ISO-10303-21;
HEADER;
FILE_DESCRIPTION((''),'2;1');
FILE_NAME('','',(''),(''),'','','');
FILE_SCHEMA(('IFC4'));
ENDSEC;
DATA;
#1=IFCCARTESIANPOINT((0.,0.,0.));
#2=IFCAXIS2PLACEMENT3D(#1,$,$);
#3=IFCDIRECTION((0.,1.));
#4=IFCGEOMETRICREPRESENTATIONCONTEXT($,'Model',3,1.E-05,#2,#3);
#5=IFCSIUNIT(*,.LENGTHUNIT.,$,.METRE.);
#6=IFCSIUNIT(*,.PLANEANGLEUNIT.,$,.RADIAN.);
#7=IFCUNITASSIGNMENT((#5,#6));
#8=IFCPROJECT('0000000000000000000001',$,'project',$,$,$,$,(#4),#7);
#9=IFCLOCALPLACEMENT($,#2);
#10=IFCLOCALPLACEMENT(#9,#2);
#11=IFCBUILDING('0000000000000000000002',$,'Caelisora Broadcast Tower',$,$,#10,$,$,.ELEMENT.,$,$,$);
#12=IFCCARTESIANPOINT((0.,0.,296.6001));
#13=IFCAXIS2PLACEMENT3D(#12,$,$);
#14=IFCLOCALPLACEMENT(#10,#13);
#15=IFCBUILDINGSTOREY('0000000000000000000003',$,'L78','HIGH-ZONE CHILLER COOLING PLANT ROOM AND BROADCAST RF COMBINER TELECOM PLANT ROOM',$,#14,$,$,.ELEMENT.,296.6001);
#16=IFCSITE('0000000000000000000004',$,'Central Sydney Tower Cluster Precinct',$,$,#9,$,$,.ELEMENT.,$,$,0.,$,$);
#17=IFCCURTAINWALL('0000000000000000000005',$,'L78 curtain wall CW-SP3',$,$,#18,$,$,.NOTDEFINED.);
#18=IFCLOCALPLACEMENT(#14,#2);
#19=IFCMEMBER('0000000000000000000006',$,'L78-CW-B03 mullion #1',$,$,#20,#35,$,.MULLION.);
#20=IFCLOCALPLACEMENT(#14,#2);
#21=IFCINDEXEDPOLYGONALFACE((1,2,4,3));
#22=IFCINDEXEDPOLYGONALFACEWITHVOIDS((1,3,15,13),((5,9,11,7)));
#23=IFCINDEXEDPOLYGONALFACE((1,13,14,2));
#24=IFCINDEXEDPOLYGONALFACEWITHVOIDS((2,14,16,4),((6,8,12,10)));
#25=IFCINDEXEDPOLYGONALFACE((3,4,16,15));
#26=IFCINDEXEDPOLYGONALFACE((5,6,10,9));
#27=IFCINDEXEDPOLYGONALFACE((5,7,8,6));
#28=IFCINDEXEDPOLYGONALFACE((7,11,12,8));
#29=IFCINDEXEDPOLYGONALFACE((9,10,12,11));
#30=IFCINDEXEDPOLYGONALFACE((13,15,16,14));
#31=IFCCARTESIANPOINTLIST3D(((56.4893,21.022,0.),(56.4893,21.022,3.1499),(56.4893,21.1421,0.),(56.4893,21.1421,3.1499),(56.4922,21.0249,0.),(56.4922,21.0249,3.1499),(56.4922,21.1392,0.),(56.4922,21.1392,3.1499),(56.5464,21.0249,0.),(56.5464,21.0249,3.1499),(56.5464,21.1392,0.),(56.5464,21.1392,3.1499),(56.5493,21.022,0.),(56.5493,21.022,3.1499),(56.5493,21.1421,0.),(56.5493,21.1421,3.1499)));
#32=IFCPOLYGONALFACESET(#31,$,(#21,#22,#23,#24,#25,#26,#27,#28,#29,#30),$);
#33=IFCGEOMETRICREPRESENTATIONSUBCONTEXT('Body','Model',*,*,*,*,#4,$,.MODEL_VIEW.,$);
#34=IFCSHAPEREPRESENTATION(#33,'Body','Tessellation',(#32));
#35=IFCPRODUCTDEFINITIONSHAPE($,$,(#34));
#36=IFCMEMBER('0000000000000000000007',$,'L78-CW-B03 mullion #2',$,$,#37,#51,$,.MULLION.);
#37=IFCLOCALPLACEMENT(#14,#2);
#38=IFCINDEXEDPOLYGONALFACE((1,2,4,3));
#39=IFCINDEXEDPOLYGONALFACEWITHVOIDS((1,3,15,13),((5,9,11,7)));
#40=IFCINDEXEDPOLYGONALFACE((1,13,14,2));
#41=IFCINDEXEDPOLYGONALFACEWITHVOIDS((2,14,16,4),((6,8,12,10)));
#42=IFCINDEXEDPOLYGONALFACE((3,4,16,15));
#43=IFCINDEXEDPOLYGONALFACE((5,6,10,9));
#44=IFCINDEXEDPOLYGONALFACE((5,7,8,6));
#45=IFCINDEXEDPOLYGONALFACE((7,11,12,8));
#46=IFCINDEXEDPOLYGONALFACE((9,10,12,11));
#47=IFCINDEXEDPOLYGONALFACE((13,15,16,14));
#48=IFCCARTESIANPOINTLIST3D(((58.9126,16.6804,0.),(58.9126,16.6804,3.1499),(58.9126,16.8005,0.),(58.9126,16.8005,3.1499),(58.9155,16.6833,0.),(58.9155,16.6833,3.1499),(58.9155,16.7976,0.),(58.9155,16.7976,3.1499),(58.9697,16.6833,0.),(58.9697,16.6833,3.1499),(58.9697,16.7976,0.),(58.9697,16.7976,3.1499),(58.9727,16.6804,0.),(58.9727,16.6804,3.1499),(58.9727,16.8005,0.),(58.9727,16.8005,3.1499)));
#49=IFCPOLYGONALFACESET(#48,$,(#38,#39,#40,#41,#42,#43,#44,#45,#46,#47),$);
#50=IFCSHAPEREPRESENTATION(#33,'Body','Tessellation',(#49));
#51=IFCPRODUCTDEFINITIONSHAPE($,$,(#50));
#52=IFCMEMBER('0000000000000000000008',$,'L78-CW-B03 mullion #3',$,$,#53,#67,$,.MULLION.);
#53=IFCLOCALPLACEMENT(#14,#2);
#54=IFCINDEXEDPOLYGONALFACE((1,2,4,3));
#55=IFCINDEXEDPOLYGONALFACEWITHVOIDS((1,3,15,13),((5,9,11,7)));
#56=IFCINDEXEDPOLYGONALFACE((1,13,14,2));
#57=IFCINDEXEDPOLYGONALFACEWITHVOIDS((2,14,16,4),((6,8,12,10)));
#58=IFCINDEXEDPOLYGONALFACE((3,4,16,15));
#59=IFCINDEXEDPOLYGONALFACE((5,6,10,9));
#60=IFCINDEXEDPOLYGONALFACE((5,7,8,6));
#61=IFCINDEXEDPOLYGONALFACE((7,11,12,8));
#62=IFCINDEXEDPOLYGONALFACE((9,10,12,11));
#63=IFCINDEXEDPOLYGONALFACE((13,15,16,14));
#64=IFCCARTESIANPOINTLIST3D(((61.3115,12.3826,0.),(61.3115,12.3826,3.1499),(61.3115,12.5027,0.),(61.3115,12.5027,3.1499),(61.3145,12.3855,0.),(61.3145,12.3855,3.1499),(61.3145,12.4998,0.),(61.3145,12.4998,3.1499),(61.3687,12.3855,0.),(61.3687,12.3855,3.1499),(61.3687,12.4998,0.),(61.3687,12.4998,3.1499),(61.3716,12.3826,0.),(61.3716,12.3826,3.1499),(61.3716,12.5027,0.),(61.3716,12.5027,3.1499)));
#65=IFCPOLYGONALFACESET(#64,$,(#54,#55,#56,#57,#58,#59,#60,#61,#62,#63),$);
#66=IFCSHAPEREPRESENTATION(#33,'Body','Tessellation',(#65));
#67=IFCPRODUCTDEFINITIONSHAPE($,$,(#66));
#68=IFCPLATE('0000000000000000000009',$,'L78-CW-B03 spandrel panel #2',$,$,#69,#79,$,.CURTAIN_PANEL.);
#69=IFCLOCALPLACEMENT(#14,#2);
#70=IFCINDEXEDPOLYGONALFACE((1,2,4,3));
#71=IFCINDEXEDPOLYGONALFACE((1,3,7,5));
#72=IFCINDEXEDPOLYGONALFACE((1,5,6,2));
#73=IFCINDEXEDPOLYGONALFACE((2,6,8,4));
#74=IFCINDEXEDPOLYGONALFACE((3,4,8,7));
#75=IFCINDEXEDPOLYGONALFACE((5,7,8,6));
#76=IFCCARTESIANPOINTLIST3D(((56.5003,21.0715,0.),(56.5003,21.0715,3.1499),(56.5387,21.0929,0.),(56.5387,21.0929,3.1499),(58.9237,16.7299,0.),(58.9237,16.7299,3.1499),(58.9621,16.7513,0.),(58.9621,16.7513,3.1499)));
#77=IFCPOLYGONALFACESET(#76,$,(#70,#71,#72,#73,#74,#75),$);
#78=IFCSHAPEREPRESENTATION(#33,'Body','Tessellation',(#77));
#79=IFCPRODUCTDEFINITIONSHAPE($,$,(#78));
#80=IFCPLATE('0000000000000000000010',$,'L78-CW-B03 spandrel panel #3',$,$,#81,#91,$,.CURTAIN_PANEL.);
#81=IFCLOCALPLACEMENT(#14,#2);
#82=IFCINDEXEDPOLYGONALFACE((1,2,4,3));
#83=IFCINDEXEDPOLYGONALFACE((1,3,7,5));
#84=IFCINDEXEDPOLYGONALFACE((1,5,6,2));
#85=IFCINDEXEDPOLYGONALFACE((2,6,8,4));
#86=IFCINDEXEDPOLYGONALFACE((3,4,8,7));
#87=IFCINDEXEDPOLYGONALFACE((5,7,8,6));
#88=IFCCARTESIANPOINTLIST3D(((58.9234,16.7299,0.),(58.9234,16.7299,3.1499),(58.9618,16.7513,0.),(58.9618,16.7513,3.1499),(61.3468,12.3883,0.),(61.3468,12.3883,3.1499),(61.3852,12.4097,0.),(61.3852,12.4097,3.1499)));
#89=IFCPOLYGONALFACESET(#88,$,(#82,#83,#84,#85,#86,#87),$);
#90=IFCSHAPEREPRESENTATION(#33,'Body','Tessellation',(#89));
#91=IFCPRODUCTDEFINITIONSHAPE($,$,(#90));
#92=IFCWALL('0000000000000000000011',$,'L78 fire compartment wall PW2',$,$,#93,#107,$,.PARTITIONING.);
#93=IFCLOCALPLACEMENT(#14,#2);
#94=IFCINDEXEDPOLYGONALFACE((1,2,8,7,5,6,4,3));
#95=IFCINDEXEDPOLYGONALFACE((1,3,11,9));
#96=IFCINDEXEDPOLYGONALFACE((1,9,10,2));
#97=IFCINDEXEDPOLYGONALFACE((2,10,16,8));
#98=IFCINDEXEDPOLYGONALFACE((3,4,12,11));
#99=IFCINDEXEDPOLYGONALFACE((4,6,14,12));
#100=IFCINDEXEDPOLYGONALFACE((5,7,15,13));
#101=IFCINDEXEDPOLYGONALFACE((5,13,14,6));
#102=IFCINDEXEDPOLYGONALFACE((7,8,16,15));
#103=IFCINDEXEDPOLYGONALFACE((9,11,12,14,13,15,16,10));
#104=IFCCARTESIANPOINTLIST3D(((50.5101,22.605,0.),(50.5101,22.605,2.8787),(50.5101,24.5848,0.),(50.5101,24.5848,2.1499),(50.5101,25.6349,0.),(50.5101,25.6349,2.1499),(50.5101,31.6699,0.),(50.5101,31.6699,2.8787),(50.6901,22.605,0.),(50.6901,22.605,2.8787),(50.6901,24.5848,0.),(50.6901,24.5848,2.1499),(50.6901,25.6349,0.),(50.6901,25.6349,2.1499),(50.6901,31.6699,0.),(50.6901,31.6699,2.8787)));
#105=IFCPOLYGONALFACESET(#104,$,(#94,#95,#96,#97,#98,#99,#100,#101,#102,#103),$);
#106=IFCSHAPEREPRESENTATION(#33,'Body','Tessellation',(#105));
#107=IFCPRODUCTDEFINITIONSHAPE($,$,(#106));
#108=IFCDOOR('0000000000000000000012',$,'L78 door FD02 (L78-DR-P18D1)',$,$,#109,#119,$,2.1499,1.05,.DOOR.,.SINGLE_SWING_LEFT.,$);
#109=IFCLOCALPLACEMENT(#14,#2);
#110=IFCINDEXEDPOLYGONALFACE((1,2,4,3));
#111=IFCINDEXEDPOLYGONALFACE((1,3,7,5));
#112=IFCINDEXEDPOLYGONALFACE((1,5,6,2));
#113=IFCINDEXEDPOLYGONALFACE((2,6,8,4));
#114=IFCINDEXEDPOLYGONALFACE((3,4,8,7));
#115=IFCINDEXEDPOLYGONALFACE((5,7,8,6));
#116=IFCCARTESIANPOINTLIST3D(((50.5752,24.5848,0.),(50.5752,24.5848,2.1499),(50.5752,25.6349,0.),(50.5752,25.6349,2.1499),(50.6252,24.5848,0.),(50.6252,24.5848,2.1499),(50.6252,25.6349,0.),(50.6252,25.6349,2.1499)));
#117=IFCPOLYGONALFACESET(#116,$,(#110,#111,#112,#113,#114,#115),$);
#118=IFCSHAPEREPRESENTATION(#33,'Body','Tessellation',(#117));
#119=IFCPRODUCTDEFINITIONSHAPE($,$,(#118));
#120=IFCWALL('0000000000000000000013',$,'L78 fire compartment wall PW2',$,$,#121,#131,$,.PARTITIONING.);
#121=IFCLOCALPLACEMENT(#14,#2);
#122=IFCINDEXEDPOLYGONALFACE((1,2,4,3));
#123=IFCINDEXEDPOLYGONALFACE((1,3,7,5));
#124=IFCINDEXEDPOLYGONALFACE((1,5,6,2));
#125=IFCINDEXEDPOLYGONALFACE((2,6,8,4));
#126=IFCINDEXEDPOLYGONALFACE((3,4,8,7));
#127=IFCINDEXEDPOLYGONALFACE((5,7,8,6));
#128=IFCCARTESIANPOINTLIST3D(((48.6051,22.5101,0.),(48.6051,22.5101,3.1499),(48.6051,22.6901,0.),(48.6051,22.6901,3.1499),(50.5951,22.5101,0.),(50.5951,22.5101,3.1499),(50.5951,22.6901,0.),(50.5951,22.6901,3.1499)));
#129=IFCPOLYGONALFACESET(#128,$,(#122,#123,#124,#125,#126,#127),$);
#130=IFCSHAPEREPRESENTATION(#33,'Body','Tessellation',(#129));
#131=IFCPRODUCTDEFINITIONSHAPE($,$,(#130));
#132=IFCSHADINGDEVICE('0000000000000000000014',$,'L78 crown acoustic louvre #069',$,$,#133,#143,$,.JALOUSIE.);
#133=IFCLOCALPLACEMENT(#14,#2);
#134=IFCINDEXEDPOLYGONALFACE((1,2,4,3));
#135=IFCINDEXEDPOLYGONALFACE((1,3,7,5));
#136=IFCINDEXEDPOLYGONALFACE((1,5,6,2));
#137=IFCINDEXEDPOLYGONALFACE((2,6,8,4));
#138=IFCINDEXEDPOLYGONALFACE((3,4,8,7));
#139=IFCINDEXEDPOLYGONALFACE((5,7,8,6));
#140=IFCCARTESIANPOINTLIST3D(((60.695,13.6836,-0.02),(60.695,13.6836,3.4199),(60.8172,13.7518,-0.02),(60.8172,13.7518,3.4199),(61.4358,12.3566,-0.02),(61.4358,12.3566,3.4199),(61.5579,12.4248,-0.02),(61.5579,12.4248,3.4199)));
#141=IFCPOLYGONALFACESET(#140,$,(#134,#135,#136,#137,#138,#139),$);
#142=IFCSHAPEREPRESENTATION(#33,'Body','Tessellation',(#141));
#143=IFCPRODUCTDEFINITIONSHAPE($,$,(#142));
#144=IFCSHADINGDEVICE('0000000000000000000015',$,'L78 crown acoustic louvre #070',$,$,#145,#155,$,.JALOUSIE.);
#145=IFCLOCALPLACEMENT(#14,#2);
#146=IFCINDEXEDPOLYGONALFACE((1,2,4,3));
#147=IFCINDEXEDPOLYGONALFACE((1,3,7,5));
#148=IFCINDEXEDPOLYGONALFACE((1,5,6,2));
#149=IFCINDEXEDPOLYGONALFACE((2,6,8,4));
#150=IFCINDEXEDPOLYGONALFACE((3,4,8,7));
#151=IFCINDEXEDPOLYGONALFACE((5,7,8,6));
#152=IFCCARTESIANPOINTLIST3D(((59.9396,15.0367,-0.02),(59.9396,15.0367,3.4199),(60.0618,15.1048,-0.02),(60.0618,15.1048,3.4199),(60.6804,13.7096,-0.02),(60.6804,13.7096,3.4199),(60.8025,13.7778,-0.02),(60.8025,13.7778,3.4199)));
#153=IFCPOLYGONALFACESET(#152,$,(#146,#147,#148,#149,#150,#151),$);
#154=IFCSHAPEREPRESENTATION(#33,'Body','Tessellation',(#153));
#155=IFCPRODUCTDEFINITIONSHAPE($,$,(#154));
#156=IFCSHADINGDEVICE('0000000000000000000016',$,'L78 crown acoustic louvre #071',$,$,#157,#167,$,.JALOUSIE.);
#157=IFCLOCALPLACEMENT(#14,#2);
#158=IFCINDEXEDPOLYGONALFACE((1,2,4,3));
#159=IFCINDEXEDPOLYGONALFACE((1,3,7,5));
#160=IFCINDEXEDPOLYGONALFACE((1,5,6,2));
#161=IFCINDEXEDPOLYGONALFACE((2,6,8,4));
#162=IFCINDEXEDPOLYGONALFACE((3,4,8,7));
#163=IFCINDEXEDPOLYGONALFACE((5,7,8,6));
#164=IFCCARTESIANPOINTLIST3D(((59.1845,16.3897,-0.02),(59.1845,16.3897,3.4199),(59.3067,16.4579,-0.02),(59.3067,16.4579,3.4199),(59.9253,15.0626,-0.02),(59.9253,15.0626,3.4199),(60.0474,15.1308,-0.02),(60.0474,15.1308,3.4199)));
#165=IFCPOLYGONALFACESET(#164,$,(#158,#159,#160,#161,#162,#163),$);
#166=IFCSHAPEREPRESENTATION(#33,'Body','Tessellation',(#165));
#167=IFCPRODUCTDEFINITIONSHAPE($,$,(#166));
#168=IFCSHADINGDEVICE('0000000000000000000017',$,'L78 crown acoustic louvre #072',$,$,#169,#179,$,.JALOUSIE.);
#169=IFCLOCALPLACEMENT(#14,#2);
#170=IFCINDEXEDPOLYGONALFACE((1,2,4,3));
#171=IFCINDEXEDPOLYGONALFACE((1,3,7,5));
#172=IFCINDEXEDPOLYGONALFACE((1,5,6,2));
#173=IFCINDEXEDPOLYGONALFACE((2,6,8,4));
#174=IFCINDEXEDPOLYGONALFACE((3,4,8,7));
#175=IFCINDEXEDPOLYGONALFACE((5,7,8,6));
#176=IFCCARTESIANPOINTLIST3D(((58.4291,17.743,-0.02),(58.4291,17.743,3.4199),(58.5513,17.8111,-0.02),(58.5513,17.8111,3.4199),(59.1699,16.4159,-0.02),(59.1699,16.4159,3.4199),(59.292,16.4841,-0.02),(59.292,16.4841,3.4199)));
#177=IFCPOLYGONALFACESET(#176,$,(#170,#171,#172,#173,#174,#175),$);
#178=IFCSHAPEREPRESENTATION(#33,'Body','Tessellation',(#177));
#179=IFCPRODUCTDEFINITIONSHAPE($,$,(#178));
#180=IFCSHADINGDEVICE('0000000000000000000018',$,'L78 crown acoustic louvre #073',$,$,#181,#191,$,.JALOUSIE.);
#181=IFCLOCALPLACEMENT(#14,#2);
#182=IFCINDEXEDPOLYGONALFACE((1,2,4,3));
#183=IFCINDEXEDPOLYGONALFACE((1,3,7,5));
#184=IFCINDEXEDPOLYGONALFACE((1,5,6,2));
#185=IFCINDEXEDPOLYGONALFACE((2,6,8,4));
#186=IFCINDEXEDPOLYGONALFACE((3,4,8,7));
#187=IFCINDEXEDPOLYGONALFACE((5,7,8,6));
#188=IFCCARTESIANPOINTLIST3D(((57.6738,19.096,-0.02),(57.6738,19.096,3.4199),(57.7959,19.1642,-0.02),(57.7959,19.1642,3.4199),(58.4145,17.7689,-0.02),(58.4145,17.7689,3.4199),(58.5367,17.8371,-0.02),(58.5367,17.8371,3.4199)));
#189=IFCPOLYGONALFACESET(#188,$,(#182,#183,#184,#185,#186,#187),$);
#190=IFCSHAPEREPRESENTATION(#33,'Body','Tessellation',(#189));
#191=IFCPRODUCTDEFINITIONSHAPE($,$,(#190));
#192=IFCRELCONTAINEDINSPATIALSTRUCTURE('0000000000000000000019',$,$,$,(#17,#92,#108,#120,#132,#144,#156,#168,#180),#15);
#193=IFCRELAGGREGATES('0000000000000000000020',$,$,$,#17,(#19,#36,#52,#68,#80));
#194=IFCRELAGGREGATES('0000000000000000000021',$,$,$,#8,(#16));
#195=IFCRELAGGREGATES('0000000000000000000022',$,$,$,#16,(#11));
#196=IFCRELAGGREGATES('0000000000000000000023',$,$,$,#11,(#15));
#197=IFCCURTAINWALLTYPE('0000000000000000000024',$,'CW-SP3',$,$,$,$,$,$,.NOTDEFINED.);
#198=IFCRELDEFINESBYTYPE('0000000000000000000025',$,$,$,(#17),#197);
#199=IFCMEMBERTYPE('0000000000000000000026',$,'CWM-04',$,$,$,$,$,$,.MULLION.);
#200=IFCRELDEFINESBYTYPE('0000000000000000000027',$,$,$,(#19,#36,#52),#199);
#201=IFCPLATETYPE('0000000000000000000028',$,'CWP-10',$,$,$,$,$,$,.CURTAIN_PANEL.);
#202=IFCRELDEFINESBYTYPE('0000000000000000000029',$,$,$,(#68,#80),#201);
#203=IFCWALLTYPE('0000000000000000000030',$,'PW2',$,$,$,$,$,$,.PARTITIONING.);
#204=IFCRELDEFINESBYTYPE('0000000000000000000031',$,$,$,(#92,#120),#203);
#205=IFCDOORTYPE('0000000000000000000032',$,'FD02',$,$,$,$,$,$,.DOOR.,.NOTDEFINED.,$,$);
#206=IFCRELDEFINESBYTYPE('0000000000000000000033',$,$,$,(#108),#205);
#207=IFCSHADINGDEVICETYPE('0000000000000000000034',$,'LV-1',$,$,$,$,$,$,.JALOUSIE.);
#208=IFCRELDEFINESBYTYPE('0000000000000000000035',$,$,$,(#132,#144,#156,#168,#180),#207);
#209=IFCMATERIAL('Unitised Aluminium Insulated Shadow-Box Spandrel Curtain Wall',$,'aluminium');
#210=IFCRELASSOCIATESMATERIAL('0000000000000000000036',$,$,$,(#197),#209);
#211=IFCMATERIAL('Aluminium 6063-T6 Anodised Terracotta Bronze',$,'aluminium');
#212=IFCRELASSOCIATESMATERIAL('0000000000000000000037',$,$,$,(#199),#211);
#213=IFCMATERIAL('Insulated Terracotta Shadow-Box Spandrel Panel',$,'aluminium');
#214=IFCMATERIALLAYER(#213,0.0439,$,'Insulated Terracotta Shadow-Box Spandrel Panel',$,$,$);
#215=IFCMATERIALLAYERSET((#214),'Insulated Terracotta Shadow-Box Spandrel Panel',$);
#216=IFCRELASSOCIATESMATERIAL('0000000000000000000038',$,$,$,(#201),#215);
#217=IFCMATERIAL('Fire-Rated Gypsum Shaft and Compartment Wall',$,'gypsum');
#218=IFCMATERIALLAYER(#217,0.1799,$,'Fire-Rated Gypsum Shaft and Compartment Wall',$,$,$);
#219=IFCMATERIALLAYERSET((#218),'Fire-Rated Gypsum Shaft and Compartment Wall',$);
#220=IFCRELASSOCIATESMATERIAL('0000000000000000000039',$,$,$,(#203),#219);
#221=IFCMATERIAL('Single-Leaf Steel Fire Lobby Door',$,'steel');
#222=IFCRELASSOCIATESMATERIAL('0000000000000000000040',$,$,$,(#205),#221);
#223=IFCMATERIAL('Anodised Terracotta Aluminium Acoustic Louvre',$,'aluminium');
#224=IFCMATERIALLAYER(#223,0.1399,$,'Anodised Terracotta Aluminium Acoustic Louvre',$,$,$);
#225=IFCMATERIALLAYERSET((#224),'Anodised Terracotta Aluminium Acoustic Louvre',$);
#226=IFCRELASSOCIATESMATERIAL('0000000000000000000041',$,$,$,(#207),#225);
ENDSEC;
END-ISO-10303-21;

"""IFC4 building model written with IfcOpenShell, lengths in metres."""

from ifc_helpers import new_model, si_unit, direction, frame, frame_2d, origin, origin_2d, place, context, subcontext, project, spatial, rectangle, hollow_rectangle, extrude, source, transform, mapped, material, layer, layer_set, material_profile, profile_set, type_object, type_shapes, element, fill, aggregate, save


model = new_model("IFC4")

# Units and contexts
model_context = context("Model", 3, precision=1e-05, world=origin(), true_north=direction((0.0, 1.0)))
body_context = subcontext(model_context, "Body", "Model", "MODEL_VIEW")
ifc_project = project(units=[si_unit("LENGTHUNIT", "METRE"), si_unit("PLANEANGLEUNIT", "RADIAN")], contexts=[model_context])

# Site, building, storey
site_placement = place(None, origin())
site = spatial("IfcSite", under=ifc_project, at=site_placement, Name="Central Sydney Tower Cluster Precinct", CompositionType="ELEMENT", RefElevation=0.0)
building_placement = place(site_placement, origin())
building = spatial("IfcBuilding", under=site, at=building_placement, Name="Caelisora Broadcast Tower", CompositionType="ELEMENT")
storey_placement = place(building_placement, frame((0.0, 0.0, 296.6001)))
storey = spatial("IfcBuildingStorey", under=building, at=storey_placement, Name="L78", Description="HIGH-ZONE CHILLER COOLING PLANT ROOM AND BROADCAST RF COMBINER TELECOM PLANT ROOM", CompositionType="ELEMENT", Elevation=296.6001)

# Curtain wall, members, plates
ifc_material_1 = material(Name="Unitised Aluminium Insulated Shadow-Box Spandrel Curtain Wall", Category="aluminium")
curtain_wall_type = type_object("IfcCurtainWallType", Name="CW-SP3", PredefinedType="NOTDEFINED", material=ifc_material_1)
curtain_wall_placement = place(storey_placement, origin())
curtain_wall = element("IfcCurtainWall", 1, at=curtain_wall_placement, inside=storey, type_object=curtain_wall_type, Name="L78 curtain wall CW-SP3", PredefinedType="NOTDEFINED")
ifc_material_2 = material(Name="Aluminium 6063-T6 Anodised Terracotta Bronze", Category="aluminium")
ifc_material_profile_1 = material_profile(ifc_material_2, hollow_rectangle(XDim=0.0601, YDim=0.1201, WallThickness=0.0029, at=origin_2d()), Name="Aluminium 6063-T6 Anodised Terracotta Bronze")
ifc_profile_set_1 = profile_set([ifc_material_profile_1], Name="Aluminium 6063-T6 Anodised Terracotta Bronze")
member_type = type_object("IfcMemberType", Name="CWM-04", PredefinedType="MULLION", material=ifc_profile_set_1)
shared_shape_1 = source(origin(), body_context, "Body", "SweptSolid", [
    extrude(hollow_rectangle(XDim=0.0601, YDim=0.1201, WallThickness=0.0029, at=origin_2d()), origin(), (0.0, 0.0, 1.0), 3.1499),
])
type_shapes(member_type, [shared_shape_1])
member_1_placement = place(storey_placement, frame((56.5193, 21.082, 0.0), z_axis=(0.0, 0.0, 1.0), x_axis=(1.0, 0.0, 0.0)))
member_1 = element("IfcMember", 2, at=member_1_placement, type_object=member_type, Name="L78-CW-B03 mullion #1", PredefinedType="MULLION", context=body_context, shape_type="MappedRepresentation", body=[
    mapped(shared_shape_1, transform((0.0, 0.0, 0.0), scale=1.0)),
])
member_2_placement = place(storey_placement, frame((58.9426, 16.7405, 0.0), z_axis=(0.0, 0.0, 1.0), x_axis=(1.0, 0.0, 0.0)))
member_2 = element("IfcMember", 3, at=member_2_placement, type_object=member_type, Name="L78-CW-B03 mullion #2", PredefinedType="MULLION", context=body_context, shape_type="MappedRepresentation", body=[
    mapped(shared_shape_1, transform((0.0, 0.0, 0.0), scale=1.0)),
])
member_3_placement = place(storey_placement, frame((61.3416, 12.4426, 0.0), z_axis=(0.0, 0.0, 1.0), x_axis=(1.0, 0.0, 0.0)))
member_3 = element("IfcMember", 4, at=member_3_placement, type_object=member_type, Name="L78-CW-B03 mullion #3", PredefinedType="MULLION", context=body_context, shape_type="MappedRepresentation", body=[
    mapped(shared_shape_1, transform((0.0, 0.0, 0.0), scale=1.0)),
])
ifc_material_3 = material(Name="Insulated Terracotta Shadow-Box Spandrel Panel", Category="aluminium")
ifc_layer_1 = layer(ifc_material_3, 0.0439, Name="Insulated Terracotta Shadow-Box Spandrel Panel")
ifc_layer_set_1 = layer_set([ifc_layer_1], Name="Insulated Terracotta Shadow-Box Spandrel Panel")
plate_type = type_object("IfcPlateType", Name="CWP-10", PredefinedType="CURTAIN_PANEL", material=ifc_layer_set_1)
shared_shape_2 = source(origin(), body_context, "Body", "SweptSolid", [
    extrude(rectangle(XDim=4.9722, YDim=0.0439, at=origin_2d()), origin(), (0.0, 0.0, 1.0), 3.1499),
])
type_shapes(plate_type, [shared_shape_2])
plate_1_placement = place(storey_placement, frame((57.7312, 18.9114, 0.0), z_axis=(0.0, 0.0, 1.0), x_axis=(0.487403, -0.873177, 0.0)))
plate_1 = element("IfcPlate", 5, at=plate_1_placement, type_object=plate_type, Name="L78-CW-B03 spandrel panel #2", PredefinedType="CURTAIN_PANEL", context=body_context, shape_type="MappedRepresentation", body=[
    mapped(shared_shape_2, transform((0.0, 0.0, 0.0), scale=1.0)),
])
plate_2_placement = place(storey_placement, frame((60.1543, 14.5698, 0.0), z_axis=(0.0, 0.0, 1.0), x_axis=(0.487403, -0.873177, 0.0)))
plate_2 = element("IfcPlate", 6, at=plate_2_placement, type_object=plate_type, Name="L78-CW-B03 spandrel panel #3", PredefinedType="CURTAIN_PANEL", context=body_context, shape_type="MappedRepresentation", body=[
    mapped(shared_shape_2, transform((0.0, 0.0, 0.0), scale=1.0)),
])
aggregate(curtain_wall, [member_1, member_2, member_3, plate_1, plate_2])

# Wall, opening, door
ifc_material_4 = material(Name="Fire-Rated Gypsum Shaft and Compartment Wall", Category="gypsum")
ifc_layer_2 = layer(ifc_material_4, 0.1799, Name="Fire-Rated Gypsum Shaft and Compartment Wall")
ifc_layer_set_2 = layer_set([ifc_layer_2], Name="Fire-Rated Gypsum Shaft and Compartment Wall")
wall_type = type_object("IfcWallType", Name="PW2", PredefinedType="PARTITIONING", material=ifc_layer_set_2)
wall_1_placement = place(storey_placement, frame((50.6001, 22.605, 0.0), z_axis=(0.0, 0.0, 1.0), x_axis=(0.0, 1.0, 0.0)))
wall_1 = element("IfcWall", 7, at=wall_1_placement, inside=storey, type_object=wall_type, Name="L78 fire compartment wall PW2", PredefinedType="PARTITIONING", context=body_context, shape_type="SweptSolid", body=[
    extrude(rectangle(XDim=9.0649, YDim=0.1799, at=frame_2d((4.5325, 0.0))), origin(), (0.0, 0.0, 1.0), 2.8787),
])
opening_placement = place(wall_1_placement, frame((1.98, 0.0, 0.0)))
opening = element("IfcOpeningElement", 8, at=opening_placement, cuts=wall_1, PredefinedType="OPENING", context=body_context, shape_type="SweptSolid", body=[
    extrude(rectangle(XDim=1.05, YDim=2.1499, at=frame_2d((0.5249, 1.075))), frame((0.0, 0.1021, 0.0), z_axis=(0.0, -1.0, 0.0), x_axis=(1.0, 0.0, 0.0)), (0.0, 0.0, 1.0), 0.2039),
])
ifc_material_5 = material(Name="Single-Leaf Steel Fire Lobby Door", Category="steel")
door_type = type_object("IfcDoorType", Name="FD02", OperationType="NOTDEFINED", PredefinedType="DOOR", material=ifc_material_5)
door_placement = place(opening_placement, origin())
door = element("IfcDoor", 9, at=door_placement, inside=storey, type_object=door_type, Name="L78 door FD02 (L78-DR-P18D1)", OperationType="SINGLE_SWING_LEFT", OverallHeight=2.1499, OverallWidth=1.05, PredefinedType="DOOR", context=body_context, shape_type="SweptSolid", body=[
    extrude(rectangle(XDim=1.05, YDim=2.1499, at=frame_2d((0.5249, 1.075))), frame((0.0, 0.0249, 0.0), z_axis=(0.0, -1.0, 0.0), x_axis=(1.0, 0.0, 0.0)), (0.0, 0.0, 1.0), 0.05),
])
fill(opening, door)

# Wall
wall_2_placement = place(storey_placement, frame((48.605, 22.6001, 0.0), z_axis=(0.0, 0.0, 1.0), x_axis=(1.0, 0.0, 0.0)))
element("IfcWall", 10, at=wall_2_placement, inside=storey, type_object=wall_type, Name="L78 fire compartment wall PW2", PredefinedType="PARTITIONING", context=body_context, shape_type="SweptSolid", body=[
    extrude(rectangle(XDim=1.99, YDim=0.1799, at=frame_2d((0.9951, 0.0))), origin(), (0.0, 0.0, 1.0), 3.1499),
])

# Shading devices
ifc_material_6 = material(Name="Anodised Terracotta Aluminium Acoustic Louvre", Category="aluminium")
ifc_layer_3 = layer(ifc_material_6, 0.1399, Name="Anodised Terracotta Aluminium Acoustic Louvre")
ifc_layer_set_3 = layer_set([ifc_layer_3], Name="Anodised Terracotta Aluminium Acoustic Louvre")
shading_device_type = type_object("IfcShadingDeviceType", Name="LV-1", PredefinedType="JALOUSIE", material=ifc_layer_set_3)
shared_shape_3 = source(origin(), body_context, "Body", "SweptSolid", [
    extrude(rectangle(XDim=1.5198, YDim=0.1399, at=origin_2d()), origin(), (0.0, 0.0, 1.0), 3.4399),
])
type_shapes(shading_device_type, [shared_shape_3])
for number, where, z_axis, x_axis, name in (
    (11, (61.1265, 13.0542, -0.02), (0.0, 0.0, 1.0), (-0.487403, 0.873177, 0.0), "L78 crown acoustic louvre #069"),
    (12, (60.3711, 14.4072, -0.02), (0.0, 0.0, 1.0), (-0.487403, 0.873177, 0.0), "L78 crown acoustic louvre #070"),
    (13, (59.616, 15.7603, -0.02), (0.0, 0.0, 1.0), (-0.487403, 0.873177, 0.0), "L78 crown acoustic louvre #071"),
    (14, (58.8606, 17.1135, -0.02), (0.0, 0.0, 1.0), (-0.487403, 0.873177, 0.0), "L78 crown acoustic louvre #072"),
    (15, (58.1052, 18.4666, -0.02), (0.0, 0.0, 1.0), (-0.487403, 0.873177, 0.0), "L78 crown acoustic louvre #073"),
):
    element("IfcShadingDevice", number, at=place(storey_placement, frame(where, z_axis=z_axis, x_axis=x_axis)), inside=storey, type_object=shading_device_type, Name=name, PredefinedType="JALOUSIE", context=body_context, shape_type="MappedRepresentation", body=[
        mapped(shared_shape_3, transform((0.0, 0.0, 0.0), scale=1.0)),
    ])

save(model, "model.ifc")
